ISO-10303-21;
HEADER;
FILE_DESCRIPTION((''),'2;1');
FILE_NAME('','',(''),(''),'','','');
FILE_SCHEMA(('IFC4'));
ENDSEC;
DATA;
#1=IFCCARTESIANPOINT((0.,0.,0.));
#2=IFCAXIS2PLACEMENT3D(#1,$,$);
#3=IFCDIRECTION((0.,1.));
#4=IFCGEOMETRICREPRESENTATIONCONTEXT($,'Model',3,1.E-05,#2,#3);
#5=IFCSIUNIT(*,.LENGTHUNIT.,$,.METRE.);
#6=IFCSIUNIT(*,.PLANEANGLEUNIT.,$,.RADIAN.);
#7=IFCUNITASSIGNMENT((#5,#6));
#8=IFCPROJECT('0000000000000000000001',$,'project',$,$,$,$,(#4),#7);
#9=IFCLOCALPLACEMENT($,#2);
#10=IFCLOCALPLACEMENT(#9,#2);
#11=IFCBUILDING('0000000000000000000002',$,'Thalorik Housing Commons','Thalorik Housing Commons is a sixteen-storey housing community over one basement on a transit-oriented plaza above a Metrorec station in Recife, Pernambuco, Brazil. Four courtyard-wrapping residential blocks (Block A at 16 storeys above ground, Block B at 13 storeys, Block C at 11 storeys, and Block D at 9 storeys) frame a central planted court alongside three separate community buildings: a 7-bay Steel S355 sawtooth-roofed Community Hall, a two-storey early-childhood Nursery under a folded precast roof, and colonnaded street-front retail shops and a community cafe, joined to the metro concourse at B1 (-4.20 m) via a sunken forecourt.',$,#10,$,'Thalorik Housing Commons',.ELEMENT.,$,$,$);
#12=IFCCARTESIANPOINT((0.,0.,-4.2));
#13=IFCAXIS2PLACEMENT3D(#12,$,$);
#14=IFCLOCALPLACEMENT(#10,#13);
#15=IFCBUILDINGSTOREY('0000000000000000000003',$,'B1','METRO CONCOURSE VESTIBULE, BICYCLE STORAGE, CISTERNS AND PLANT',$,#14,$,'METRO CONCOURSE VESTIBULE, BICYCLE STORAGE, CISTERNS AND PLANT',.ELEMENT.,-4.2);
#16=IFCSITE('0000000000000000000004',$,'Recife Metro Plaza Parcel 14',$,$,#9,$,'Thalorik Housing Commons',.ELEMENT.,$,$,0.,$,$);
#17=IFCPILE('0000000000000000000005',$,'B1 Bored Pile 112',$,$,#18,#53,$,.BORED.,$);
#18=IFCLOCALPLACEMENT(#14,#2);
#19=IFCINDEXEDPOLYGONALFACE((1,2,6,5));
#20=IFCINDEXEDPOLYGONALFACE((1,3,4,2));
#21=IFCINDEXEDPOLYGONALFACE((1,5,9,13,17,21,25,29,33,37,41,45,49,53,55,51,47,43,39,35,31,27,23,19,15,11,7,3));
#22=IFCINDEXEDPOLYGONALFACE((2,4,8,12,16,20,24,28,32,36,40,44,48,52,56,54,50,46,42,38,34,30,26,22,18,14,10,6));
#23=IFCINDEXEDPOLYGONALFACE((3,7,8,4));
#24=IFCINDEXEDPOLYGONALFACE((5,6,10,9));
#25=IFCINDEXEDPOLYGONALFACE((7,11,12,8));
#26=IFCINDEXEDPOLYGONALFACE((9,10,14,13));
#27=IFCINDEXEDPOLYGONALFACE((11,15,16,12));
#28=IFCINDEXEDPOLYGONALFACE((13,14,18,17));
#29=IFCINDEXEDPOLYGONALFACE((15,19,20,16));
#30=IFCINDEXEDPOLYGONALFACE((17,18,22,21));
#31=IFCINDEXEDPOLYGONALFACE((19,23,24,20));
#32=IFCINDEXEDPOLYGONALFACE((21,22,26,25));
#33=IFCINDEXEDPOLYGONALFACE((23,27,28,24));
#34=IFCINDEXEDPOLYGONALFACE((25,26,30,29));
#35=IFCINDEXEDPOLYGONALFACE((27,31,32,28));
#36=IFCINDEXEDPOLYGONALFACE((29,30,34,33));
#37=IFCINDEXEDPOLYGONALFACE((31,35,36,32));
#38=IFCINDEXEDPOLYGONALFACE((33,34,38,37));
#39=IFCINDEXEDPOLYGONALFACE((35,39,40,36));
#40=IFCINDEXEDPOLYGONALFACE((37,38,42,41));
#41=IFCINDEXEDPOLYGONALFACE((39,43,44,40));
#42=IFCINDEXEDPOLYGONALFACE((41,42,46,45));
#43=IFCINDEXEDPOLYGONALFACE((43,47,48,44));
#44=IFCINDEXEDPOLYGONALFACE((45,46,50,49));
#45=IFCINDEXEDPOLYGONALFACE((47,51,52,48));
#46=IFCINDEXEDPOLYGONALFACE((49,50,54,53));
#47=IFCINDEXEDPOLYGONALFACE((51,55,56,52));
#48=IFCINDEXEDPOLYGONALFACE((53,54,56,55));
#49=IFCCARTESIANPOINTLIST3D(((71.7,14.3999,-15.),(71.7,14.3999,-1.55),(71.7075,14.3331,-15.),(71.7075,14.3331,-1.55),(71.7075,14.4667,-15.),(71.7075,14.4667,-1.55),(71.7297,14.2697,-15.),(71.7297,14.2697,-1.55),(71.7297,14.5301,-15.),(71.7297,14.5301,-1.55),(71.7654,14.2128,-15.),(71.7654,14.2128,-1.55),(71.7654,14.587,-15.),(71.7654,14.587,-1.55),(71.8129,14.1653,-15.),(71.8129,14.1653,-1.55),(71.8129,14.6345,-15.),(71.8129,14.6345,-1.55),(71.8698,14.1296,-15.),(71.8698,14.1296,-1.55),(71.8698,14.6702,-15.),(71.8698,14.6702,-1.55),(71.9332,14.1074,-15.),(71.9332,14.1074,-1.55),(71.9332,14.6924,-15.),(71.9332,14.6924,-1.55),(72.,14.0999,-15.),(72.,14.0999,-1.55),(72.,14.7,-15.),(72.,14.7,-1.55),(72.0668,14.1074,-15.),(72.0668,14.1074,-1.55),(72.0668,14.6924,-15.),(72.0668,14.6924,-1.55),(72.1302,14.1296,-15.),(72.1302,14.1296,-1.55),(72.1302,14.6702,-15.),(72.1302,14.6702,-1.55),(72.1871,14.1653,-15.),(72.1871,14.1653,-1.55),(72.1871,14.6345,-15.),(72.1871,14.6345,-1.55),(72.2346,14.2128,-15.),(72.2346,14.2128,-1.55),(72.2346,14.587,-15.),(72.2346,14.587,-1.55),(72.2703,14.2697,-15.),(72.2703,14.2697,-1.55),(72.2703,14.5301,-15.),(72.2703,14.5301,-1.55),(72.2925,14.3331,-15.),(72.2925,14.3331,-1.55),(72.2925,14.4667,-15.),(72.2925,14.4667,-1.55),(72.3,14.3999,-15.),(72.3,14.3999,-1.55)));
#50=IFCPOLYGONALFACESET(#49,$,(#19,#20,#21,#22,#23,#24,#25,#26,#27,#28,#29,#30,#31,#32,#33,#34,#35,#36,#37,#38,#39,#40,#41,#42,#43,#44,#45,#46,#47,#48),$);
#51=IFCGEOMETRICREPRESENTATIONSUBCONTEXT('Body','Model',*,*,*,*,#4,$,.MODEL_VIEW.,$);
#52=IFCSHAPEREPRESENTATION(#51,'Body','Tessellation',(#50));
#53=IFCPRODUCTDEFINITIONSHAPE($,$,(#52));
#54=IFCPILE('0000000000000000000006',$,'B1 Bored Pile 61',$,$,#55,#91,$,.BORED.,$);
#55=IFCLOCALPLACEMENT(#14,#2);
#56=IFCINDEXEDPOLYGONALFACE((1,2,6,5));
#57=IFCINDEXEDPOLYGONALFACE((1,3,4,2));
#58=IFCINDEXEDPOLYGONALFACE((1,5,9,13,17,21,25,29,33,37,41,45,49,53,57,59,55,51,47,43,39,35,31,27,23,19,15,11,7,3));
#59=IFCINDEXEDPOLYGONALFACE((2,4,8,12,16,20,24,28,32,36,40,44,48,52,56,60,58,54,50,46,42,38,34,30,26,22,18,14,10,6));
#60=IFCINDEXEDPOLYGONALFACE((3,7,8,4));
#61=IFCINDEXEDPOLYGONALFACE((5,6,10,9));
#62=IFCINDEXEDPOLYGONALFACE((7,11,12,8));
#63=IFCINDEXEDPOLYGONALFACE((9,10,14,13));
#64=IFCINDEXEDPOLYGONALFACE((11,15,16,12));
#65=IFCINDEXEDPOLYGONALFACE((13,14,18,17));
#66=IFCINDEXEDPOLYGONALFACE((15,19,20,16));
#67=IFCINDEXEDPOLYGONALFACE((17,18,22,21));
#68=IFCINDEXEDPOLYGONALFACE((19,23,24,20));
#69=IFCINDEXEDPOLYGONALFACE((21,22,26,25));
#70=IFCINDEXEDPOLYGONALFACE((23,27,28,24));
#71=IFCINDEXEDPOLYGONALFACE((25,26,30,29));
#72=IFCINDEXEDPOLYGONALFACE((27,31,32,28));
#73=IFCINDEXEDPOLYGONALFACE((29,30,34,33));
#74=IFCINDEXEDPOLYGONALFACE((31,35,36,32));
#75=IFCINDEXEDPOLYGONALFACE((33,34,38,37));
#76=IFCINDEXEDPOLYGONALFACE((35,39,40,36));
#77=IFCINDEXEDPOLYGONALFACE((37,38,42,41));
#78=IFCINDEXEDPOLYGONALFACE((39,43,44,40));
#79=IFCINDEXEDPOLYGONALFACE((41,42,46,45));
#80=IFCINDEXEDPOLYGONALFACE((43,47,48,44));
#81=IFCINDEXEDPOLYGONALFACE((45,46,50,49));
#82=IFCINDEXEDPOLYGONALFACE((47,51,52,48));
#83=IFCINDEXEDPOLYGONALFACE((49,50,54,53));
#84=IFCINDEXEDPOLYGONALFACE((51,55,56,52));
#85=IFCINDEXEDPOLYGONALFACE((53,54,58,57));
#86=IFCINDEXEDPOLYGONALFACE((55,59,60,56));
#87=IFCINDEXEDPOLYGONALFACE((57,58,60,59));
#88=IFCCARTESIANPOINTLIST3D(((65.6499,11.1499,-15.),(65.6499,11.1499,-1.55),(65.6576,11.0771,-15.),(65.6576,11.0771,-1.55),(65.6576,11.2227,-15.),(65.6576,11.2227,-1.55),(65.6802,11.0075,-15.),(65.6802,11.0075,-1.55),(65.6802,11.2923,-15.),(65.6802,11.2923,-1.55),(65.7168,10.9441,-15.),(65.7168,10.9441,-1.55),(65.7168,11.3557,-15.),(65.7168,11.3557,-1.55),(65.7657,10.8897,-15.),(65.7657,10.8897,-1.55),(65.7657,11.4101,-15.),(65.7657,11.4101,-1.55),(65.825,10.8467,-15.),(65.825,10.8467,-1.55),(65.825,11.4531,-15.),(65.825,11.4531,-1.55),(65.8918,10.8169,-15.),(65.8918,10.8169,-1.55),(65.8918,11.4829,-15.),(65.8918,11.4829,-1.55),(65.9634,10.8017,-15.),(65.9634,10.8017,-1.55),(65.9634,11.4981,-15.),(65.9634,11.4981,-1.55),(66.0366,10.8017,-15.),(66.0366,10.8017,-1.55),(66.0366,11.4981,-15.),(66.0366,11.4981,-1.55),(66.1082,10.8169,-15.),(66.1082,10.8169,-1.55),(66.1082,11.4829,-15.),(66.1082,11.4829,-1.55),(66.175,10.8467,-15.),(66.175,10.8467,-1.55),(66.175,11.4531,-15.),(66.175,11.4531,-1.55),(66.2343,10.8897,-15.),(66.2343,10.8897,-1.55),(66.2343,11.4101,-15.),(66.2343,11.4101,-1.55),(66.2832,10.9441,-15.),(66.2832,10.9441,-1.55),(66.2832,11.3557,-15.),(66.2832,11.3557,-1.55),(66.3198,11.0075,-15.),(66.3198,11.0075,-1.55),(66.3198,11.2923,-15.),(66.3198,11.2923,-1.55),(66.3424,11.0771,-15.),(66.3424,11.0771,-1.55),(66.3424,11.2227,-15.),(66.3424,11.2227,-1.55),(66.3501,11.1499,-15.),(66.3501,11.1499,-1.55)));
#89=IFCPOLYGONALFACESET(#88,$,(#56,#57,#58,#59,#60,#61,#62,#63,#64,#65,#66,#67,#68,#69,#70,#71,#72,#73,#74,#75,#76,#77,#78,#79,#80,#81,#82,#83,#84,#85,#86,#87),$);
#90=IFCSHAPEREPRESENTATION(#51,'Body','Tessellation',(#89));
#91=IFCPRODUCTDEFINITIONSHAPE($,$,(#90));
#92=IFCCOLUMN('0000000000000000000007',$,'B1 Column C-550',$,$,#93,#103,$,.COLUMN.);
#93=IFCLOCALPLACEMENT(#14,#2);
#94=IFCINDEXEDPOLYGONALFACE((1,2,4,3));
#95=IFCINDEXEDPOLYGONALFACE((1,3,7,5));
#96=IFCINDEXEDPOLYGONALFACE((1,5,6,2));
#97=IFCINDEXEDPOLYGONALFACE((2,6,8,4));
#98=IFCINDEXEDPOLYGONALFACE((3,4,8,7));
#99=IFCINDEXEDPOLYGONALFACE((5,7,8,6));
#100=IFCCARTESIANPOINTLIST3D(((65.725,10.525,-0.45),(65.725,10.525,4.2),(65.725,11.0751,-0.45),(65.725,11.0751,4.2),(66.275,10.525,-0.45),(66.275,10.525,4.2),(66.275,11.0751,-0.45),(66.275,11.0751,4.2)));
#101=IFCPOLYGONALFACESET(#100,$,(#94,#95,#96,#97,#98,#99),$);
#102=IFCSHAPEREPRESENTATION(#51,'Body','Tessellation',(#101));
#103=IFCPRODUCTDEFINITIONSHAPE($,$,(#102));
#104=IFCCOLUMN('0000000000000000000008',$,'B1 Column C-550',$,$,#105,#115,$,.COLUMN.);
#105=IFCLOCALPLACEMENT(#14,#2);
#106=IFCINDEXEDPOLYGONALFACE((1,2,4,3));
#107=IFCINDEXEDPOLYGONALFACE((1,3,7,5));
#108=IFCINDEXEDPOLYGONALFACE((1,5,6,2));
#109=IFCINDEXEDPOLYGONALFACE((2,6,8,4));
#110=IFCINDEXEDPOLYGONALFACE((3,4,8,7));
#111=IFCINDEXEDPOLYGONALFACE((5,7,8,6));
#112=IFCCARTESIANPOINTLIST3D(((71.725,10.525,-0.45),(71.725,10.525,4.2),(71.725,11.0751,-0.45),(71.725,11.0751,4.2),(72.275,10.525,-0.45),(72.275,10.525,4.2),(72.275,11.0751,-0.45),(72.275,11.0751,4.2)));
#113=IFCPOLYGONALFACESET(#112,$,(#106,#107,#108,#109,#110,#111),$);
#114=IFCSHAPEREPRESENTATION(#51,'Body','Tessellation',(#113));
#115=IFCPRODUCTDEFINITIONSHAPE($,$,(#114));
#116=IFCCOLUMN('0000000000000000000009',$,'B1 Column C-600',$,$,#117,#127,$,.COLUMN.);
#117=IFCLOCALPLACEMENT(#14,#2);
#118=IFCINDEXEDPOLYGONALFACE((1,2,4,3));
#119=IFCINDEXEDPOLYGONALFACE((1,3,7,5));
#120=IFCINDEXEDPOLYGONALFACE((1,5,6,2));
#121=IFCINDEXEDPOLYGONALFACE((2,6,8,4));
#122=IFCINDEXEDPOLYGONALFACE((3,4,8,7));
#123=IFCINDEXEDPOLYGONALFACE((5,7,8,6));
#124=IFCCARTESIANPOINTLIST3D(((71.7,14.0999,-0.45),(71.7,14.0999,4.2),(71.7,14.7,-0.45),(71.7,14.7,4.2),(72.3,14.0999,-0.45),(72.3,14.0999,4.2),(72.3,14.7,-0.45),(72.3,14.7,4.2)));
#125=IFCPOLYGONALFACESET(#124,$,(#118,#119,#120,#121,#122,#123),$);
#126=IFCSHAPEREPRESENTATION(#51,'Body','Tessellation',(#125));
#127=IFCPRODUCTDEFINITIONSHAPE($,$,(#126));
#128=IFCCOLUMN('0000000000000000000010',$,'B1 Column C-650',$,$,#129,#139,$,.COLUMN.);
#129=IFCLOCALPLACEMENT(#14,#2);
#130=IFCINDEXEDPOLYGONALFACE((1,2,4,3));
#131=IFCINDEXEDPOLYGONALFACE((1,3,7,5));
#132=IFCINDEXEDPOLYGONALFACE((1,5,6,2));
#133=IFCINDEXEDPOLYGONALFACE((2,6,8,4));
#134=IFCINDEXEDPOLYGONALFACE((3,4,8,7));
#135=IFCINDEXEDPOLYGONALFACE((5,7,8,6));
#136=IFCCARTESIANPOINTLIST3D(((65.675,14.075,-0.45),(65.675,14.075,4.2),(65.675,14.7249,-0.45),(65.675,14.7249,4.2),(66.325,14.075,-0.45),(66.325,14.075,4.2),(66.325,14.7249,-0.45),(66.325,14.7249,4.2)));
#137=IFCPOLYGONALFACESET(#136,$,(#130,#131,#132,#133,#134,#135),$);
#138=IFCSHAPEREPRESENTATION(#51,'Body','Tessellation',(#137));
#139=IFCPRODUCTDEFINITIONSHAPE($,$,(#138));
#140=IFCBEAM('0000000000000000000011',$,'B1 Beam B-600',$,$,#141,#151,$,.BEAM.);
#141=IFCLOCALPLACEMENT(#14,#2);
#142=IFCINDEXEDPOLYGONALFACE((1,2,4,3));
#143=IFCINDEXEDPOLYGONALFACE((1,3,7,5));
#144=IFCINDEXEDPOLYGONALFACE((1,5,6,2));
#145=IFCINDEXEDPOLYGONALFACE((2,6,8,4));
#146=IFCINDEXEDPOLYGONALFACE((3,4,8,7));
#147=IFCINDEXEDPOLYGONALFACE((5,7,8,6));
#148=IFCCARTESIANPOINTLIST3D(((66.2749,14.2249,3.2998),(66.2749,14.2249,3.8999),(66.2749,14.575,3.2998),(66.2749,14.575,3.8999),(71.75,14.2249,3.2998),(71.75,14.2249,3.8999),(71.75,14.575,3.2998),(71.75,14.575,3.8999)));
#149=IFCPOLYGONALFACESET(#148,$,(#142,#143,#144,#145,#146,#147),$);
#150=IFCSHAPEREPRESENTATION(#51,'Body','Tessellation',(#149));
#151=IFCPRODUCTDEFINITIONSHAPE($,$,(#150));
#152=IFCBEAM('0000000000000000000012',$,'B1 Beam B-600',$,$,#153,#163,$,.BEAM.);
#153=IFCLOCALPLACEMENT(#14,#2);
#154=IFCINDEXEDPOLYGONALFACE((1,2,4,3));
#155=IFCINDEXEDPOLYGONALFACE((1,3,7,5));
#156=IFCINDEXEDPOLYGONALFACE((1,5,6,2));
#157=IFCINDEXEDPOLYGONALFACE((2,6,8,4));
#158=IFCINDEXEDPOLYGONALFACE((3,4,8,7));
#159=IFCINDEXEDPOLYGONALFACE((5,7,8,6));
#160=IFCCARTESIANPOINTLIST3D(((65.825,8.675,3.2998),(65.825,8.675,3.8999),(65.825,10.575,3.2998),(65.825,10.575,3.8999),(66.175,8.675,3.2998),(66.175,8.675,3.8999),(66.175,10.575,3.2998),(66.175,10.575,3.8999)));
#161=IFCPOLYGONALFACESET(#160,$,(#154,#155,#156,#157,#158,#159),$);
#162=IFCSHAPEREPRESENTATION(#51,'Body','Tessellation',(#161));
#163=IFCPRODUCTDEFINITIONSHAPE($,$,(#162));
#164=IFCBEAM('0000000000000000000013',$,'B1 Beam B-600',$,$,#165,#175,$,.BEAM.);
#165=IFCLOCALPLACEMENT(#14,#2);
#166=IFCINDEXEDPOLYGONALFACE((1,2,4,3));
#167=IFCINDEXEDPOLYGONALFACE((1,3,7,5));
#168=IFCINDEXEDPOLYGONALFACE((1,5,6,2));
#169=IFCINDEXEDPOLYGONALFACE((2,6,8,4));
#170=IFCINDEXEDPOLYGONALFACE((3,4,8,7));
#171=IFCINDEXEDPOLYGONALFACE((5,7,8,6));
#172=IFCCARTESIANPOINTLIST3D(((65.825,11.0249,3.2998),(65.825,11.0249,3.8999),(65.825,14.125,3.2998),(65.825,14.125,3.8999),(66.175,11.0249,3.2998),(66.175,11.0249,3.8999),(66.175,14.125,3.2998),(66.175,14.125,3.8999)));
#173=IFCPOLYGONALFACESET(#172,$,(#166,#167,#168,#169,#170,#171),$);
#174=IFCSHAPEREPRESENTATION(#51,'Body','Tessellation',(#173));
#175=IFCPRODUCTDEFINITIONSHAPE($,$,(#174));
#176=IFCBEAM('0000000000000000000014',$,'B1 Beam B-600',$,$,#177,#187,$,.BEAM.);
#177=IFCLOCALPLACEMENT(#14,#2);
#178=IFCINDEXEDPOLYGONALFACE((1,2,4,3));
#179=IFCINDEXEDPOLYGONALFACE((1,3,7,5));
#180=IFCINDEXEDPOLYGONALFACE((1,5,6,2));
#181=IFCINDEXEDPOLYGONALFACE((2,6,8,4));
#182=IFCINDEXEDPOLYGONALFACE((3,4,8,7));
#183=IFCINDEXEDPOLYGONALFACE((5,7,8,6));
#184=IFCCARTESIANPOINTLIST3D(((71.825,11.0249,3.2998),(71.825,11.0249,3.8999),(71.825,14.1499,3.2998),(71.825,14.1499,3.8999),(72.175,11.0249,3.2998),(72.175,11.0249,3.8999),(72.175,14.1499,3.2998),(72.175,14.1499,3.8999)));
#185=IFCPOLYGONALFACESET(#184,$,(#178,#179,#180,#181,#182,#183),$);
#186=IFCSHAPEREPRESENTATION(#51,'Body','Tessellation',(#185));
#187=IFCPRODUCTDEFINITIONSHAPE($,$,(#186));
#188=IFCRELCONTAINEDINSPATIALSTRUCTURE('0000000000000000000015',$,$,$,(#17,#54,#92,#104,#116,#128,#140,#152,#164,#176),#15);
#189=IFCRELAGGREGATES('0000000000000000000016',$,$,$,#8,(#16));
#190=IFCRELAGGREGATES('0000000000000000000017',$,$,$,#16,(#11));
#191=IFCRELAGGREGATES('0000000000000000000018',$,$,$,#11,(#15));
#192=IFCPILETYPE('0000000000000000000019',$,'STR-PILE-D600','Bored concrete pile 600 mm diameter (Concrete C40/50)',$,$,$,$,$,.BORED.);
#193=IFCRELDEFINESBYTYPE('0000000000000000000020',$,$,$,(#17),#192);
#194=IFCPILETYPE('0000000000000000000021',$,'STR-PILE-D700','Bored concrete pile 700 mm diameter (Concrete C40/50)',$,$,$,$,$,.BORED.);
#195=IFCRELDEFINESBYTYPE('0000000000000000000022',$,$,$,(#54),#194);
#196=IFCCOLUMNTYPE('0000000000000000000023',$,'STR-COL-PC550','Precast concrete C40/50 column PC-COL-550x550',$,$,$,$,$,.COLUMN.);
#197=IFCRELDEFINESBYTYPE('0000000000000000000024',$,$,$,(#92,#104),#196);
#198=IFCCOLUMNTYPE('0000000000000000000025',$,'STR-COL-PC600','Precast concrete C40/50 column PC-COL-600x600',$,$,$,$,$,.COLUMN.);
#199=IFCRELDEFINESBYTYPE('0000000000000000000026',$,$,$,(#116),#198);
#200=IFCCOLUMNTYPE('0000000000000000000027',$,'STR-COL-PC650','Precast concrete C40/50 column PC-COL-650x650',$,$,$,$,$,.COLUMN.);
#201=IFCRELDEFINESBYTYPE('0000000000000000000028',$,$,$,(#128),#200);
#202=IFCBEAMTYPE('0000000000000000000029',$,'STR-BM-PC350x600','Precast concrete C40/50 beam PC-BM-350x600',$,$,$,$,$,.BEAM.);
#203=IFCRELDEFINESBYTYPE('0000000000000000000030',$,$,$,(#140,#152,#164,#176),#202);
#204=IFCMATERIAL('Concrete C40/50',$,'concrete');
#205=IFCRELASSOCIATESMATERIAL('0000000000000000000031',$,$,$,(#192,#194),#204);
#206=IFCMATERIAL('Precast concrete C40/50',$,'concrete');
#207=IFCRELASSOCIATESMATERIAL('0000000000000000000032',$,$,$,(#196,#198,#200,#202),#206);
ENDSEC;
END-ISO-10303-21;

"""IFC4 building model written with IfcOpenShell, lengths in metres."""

from ifc_helpers import new_model, si_unit, direction, frame, origin, origin_2d, place, context, subcontext, project, spatial, rectangle, circle, extrude, material, material_profile, profile_set, type_object, element, save


model = new_model("IFC4")

# Units and contexts
model_context = context("Model", 3, precision=1e-05, world=origin(), true_north=direction((0.0, 1.0)))
body_context = subcontext(model_context, "Body", "Model", "MODEL_VIEW")
ifc_project = project(units=[si_unit("LENGTHUNIT", "METRE"), si_unit("PLANEANGLEUNIT", "RADIAN")], contexts=[model_context])

# Site, building, storey
site_placement = place(None, origin())
site = spatial("IfcSite", under=ifc_project, at=site_placement, Name="Recife Metro Plaza Parcel 14", LongName="Thalorik Housing Commons", CompositionType="ELEMENT", RefElevation=0.0)
building_placement = place(site_placement, origin())
building = spatial("IfcBuilding", under=site, at=building_placement, Name="Thalorik Housing Commons", Description="Thalorik Housing Commons is a sixteen-storey housing community over one basement on a transit-oriented plaza above a Metrorec station in Recife, Pernambuco, Brazil. Four courtyard-wrapping residential blocks (Block A at 16 storeys above ground, Block B at 13 storeys, Block C at 11 storeys, and Block D at 9 storeys) frame a central planted court alongside three separate community buildings: a 7-bay Steel S355 sawtooth-roofed Community Hall, a two-storey early-childhood Nursery under a folded precast roof, and colonnaded street-front retail shops and a community cafe, joined to the metro concourse at B1 (-4.20 m) via a sunken forecourt.", LongName="Thalorik Housing Commons", CompositionType="ELEMENT")
storey_placement = place(building_placement, frame((0.0, 0.0, -4.2)))
storey = spatial("IfcBuildingStorey", under=building, at=storey_placement, Name="B1", Description="METRO CONCOURSE VESTIBULE, BICYCLE STORAGE, CISTERNS AND PLANT", LongName="METRO CONCOURSE VESTIBULE, BICYCLE STORAGE, CISTERNS AND PLANT", CompositionType="ELEMENT", Elevation=-4.2)

# Shared definitions
ifc_material_1 = material(Name="Concrete C40/50", Category="concrete")

# Piles
ifc_material_profile_1 = material_profile(ifc_material_1, circle(Radius=0.3, at=origin_2d()), Name="BORED PILE D600", Category="concrete")
ifc_profile_set_1 = profile_set([ifc_material_profile_1], Name="Concrete C40/50")
pile_type_1 = type_object("IfcPileType", Name="STR-PILE-D600", Description="Bored concrete pile 600 mm diameter (Concrete C40/50)", PredefinedType="BORED", material=ifc_profile_set_1)
for number, where, z_axis, x_axis, name in (
    (1, (72.0, 14.3999, -1.55), (0.0, 0.0, -1.0), (1.0, 0.0, 0.0), "B1 Bored Pile 112"),
):
    element("IfcPile", number, at=place(storey_placement, frame(where, z_axis=z_axis, x_axis=x_axis)), inside=storey, type_object=pile_type_1, Name=name, PredefinedType="BORED", context=body_context, shape_type="SweptSolid", body=[
        extrude(circle(Radius=0.3, at=origin_2d()), origin(), (0.0, 0.0, 1.0), 13.45),
    ])
ifc_material_profile_2 = material_profile(ifc_material_1, circle(Radius=0.3501, at=origin_2d()), Name="BORED PILE D700", Category="concrete")
ifc_profile_set_2 = profile_set([ifc_material_profile_2], Name="Concrete C40/50")
pile_type_2 = type_object("IfcPileType", Name="STR-PILE-D700", Description="Bored concrete pile 700 mm diameter (Concrete C40/50)", PredefinedType="BORED", material=ifc_profile_set_2)
pile_placement = place(storey_placement, frame((66.0, 11.1499, -1.55), z_axis=(0.0, 0.0, -1.0), x_axis=(1.0, 0.0, 0.0)))
element("IfcPile", 2, at=pile_placement, inside=storey, type_object=pile_type_2, Name="B1 Bored Pile 61", PredefinedType="BORED", context=body_context, shape_type="SweptSolid", body=[
    extrude(circle(Radius=0.3501, at=origin_2d()), origin(), (0.0, 0.0, 1.0), 13.45),
])

# Columns
ifc_material_2 = material(Name="Precast concrete C40/50", Category="concrete")
ifc_material_profile_3 = material_profile(ifc_material_2, rectangle(XDim=0.55, YDim=0.55, at=origin_2d()), Name="PC 550x550", Category="concrete")
ifc_profile_set_3 = profile_set([ifc_material_profile_3], Name="Precast concrete C40/50")
column_type_1 = type_object("IfcColumnType", Name="STR-COL-PC550", Description="Precast concrete C40/50 column PC-COL-550x550", PredefinedType="COLUMN", material=ifc_profile_set_3)
for number, where, z_axis, x_axis, name in (
    (3, (66.0, 10.8, -0.45), (0.0, 0.0, 1.0), (1.0, 0.0, 0.0), "B1 Column C-550"),
    (4, (72.0, 10.8, -0.45), (0.0, 0.0, 1.0), (1.0, 0.0, 0.0), "B1 Column C-550"),
):
    element("IfcColumn", number, at=place(storey_placement, frame(where, z_axis=z_axis, x_axis=x_axis)), inside=storey, type_object=column_type_1, Name=name, PredefinedType="COLUMN", context=body_context, shape_type="SweptSolid", body=[
        extrude(rectangle(XDim=0.55, YDim=0.55, at=origin_2d()), origin(), (0.0, 0.0, 1.0), 4.6499),
    ])
ifc_material_profile_4 = material_profile(ifc_material_2, rectangle(XDim=0.6001, YDim=0.6001, at=origin_2d()), Name="PC 600x600", Category="concrete")
ifc_profile_set_4 = profile_set([ifc_material_profile_4], Name="Precast concrete C40/50")
column_type_2 = type_object("IfcColumnType", Name="STR-COL-PC600", Description="Precast concrete C40/50 column PC-COL-600x600", PredefinedType="COLUMN", material=ifc_profile_set_4)
column_1_placement = place(storey_placement, frame((72.0, 14.3999, -0.45), z_axis=(0.0, 0.0, 1.0), x_axis=(1.0, 0.0, 0.0)))
element("IfcColumn", 5, at=column_1_placement, inside=storey, type_object=column_type_2, Name="B1 Column C-600", PredefinedType="COLUMN", context=body_context, shape_type="SweptSolid", body=[
    extrude(rectangle(XDim=0.6001, YDim=0.6001, at=origin_2d()), origin(), (0.0, 0.0, 1.0), 4.6499),
])
ifc_material_profile_5 = material_profile(ifc_material_2, rectangle(XDim=0.6499, YDim=0.6499, at=origin_2d()), Name="PC 650x650", Category="concrete")
ifc_profile_set_5 = profile_set([ifc_material_profile_5], Name="Precast concrete C40/50")
column_type_3 = type_object("IfcColumnType", Name="STR-COL-PC650", Description="Precast concrete C40/50 column PC-COL-650x650", PredefinedType="COLUMN", material=ifc_profile_set_5)
column_2_placement = place(storey_placement, frame((66.0, 14.3999, -0.45), z_axis=(0.0, 0.0, 1.0), x_axis=(1.0, 0.0, 0.0)))
element("IfcColumn", 6, at=column_2_placement, inside=storey, type_object=column_type_3, Name="B1 Column C-650", PredefinedType="COLUMN", context=body_context, shape_type="SweptSolid", body=[
    extrude(rectangle(XDim=0.6499, YDim=0.6499, at=origin_2d()), origin(), (0.0, 0.0, 1.0), 4.6499),
])

# Beams
ifc_material_profile_6 = material_profile(ifc_material_2, rectangle(XDim=0.3501, YDim=0.6001, at=origin_2d()), Name="PC 350x600", Category="concrete")
ifc_profile_set_6 = profile_set([ifc_material_profile_6], Name="Precast concrete C40/50")
beam_type_1 = type_object("IfcBeamType", Name="STR-BM-PC350x600", Description="Precast concrete C40/50 beam PC-BM-350x600", PredefinedType="BEAM", material=ifc_profile_set_6)
beam_1_placement = place(storey_placement, frame((66.2749, 14.3999, 3.5999), z_axis=(1.0, 0.0, 0.0), x_axis=(0.0, 1.0, 0.0)))
element("IfcBeam", 7, at=beam_1_placement, inside=storey, type_object=beam_type_1, Name="B1 Beam B-600", PredefinedType="BEAM", context=body_context, shape_type="SweptSolid", body=[
    extrude(rectangle(XDim=0.3501, YDim=0.6001, at=origin_2d()), origin(), (0.0, 0.0, 1.0), 5.4751),
])
beam_2_placement = place(storey_placement, frame((66.0, 8.675, 3.5999), z_axis=(0.0, 1.0, 0.0), x_axis=(-1.0, 0.0, 0.0)))
element("IfcBeam", 8, at=beam_2_placement, inside=storey, type_object=beam_type_1, Name="B1 Beam B-600", PredefinedType="BEAM", context=body_context, shape_type="SweptSolid", body=[
    extrude(rectangle(XDim=0.3501, YDim=0.6001, at=origin_2d()), origin(), (0.0, 0.0, 1.0), 1.8999),
])
beam_3_placement = place(storey_placement, frame((66.0, 11.0249, 3.5999), z_axis=(0.0, 1.0, 0.0), x_axis=(-1.0, 0.0, 0.0)))
element("IfcBeam", 9, at=beam_3_placement, inside=storey, type_object=beam_type_1, Name="B1 Beam B-600", PredefinedType="BEAM", context=body_context, shape_type="SweptSolid", body=[
    extrude(rectangle(XDim=0.3501, YDim=0.6001, at=origin_2d()), origin(), (0.0, 0.0, 1.0), 3.1001),
])
beam_4_placement = place(storey_placement, frame((72.0, 11.0249, 3.5999), z_axis=(0.0, 1.0, 0.0), x_axis=(-1.0, 0.0, 0.0)))
element("IfcBeam", 10, at=beam_4_placement, inside=storey, type_object=beam_type_1, Name="B1 Beam B-600", PredefinedType="BEAM", context=body_context, shape_type="SweptSolid", body=[
    extrude(rectangle(XDim=0.3501, YDim=0.6001, at=origin_2d()), origin(), (0.0, 0.0, 1.0), 3.125),
])

save(model, "model.ifc")
